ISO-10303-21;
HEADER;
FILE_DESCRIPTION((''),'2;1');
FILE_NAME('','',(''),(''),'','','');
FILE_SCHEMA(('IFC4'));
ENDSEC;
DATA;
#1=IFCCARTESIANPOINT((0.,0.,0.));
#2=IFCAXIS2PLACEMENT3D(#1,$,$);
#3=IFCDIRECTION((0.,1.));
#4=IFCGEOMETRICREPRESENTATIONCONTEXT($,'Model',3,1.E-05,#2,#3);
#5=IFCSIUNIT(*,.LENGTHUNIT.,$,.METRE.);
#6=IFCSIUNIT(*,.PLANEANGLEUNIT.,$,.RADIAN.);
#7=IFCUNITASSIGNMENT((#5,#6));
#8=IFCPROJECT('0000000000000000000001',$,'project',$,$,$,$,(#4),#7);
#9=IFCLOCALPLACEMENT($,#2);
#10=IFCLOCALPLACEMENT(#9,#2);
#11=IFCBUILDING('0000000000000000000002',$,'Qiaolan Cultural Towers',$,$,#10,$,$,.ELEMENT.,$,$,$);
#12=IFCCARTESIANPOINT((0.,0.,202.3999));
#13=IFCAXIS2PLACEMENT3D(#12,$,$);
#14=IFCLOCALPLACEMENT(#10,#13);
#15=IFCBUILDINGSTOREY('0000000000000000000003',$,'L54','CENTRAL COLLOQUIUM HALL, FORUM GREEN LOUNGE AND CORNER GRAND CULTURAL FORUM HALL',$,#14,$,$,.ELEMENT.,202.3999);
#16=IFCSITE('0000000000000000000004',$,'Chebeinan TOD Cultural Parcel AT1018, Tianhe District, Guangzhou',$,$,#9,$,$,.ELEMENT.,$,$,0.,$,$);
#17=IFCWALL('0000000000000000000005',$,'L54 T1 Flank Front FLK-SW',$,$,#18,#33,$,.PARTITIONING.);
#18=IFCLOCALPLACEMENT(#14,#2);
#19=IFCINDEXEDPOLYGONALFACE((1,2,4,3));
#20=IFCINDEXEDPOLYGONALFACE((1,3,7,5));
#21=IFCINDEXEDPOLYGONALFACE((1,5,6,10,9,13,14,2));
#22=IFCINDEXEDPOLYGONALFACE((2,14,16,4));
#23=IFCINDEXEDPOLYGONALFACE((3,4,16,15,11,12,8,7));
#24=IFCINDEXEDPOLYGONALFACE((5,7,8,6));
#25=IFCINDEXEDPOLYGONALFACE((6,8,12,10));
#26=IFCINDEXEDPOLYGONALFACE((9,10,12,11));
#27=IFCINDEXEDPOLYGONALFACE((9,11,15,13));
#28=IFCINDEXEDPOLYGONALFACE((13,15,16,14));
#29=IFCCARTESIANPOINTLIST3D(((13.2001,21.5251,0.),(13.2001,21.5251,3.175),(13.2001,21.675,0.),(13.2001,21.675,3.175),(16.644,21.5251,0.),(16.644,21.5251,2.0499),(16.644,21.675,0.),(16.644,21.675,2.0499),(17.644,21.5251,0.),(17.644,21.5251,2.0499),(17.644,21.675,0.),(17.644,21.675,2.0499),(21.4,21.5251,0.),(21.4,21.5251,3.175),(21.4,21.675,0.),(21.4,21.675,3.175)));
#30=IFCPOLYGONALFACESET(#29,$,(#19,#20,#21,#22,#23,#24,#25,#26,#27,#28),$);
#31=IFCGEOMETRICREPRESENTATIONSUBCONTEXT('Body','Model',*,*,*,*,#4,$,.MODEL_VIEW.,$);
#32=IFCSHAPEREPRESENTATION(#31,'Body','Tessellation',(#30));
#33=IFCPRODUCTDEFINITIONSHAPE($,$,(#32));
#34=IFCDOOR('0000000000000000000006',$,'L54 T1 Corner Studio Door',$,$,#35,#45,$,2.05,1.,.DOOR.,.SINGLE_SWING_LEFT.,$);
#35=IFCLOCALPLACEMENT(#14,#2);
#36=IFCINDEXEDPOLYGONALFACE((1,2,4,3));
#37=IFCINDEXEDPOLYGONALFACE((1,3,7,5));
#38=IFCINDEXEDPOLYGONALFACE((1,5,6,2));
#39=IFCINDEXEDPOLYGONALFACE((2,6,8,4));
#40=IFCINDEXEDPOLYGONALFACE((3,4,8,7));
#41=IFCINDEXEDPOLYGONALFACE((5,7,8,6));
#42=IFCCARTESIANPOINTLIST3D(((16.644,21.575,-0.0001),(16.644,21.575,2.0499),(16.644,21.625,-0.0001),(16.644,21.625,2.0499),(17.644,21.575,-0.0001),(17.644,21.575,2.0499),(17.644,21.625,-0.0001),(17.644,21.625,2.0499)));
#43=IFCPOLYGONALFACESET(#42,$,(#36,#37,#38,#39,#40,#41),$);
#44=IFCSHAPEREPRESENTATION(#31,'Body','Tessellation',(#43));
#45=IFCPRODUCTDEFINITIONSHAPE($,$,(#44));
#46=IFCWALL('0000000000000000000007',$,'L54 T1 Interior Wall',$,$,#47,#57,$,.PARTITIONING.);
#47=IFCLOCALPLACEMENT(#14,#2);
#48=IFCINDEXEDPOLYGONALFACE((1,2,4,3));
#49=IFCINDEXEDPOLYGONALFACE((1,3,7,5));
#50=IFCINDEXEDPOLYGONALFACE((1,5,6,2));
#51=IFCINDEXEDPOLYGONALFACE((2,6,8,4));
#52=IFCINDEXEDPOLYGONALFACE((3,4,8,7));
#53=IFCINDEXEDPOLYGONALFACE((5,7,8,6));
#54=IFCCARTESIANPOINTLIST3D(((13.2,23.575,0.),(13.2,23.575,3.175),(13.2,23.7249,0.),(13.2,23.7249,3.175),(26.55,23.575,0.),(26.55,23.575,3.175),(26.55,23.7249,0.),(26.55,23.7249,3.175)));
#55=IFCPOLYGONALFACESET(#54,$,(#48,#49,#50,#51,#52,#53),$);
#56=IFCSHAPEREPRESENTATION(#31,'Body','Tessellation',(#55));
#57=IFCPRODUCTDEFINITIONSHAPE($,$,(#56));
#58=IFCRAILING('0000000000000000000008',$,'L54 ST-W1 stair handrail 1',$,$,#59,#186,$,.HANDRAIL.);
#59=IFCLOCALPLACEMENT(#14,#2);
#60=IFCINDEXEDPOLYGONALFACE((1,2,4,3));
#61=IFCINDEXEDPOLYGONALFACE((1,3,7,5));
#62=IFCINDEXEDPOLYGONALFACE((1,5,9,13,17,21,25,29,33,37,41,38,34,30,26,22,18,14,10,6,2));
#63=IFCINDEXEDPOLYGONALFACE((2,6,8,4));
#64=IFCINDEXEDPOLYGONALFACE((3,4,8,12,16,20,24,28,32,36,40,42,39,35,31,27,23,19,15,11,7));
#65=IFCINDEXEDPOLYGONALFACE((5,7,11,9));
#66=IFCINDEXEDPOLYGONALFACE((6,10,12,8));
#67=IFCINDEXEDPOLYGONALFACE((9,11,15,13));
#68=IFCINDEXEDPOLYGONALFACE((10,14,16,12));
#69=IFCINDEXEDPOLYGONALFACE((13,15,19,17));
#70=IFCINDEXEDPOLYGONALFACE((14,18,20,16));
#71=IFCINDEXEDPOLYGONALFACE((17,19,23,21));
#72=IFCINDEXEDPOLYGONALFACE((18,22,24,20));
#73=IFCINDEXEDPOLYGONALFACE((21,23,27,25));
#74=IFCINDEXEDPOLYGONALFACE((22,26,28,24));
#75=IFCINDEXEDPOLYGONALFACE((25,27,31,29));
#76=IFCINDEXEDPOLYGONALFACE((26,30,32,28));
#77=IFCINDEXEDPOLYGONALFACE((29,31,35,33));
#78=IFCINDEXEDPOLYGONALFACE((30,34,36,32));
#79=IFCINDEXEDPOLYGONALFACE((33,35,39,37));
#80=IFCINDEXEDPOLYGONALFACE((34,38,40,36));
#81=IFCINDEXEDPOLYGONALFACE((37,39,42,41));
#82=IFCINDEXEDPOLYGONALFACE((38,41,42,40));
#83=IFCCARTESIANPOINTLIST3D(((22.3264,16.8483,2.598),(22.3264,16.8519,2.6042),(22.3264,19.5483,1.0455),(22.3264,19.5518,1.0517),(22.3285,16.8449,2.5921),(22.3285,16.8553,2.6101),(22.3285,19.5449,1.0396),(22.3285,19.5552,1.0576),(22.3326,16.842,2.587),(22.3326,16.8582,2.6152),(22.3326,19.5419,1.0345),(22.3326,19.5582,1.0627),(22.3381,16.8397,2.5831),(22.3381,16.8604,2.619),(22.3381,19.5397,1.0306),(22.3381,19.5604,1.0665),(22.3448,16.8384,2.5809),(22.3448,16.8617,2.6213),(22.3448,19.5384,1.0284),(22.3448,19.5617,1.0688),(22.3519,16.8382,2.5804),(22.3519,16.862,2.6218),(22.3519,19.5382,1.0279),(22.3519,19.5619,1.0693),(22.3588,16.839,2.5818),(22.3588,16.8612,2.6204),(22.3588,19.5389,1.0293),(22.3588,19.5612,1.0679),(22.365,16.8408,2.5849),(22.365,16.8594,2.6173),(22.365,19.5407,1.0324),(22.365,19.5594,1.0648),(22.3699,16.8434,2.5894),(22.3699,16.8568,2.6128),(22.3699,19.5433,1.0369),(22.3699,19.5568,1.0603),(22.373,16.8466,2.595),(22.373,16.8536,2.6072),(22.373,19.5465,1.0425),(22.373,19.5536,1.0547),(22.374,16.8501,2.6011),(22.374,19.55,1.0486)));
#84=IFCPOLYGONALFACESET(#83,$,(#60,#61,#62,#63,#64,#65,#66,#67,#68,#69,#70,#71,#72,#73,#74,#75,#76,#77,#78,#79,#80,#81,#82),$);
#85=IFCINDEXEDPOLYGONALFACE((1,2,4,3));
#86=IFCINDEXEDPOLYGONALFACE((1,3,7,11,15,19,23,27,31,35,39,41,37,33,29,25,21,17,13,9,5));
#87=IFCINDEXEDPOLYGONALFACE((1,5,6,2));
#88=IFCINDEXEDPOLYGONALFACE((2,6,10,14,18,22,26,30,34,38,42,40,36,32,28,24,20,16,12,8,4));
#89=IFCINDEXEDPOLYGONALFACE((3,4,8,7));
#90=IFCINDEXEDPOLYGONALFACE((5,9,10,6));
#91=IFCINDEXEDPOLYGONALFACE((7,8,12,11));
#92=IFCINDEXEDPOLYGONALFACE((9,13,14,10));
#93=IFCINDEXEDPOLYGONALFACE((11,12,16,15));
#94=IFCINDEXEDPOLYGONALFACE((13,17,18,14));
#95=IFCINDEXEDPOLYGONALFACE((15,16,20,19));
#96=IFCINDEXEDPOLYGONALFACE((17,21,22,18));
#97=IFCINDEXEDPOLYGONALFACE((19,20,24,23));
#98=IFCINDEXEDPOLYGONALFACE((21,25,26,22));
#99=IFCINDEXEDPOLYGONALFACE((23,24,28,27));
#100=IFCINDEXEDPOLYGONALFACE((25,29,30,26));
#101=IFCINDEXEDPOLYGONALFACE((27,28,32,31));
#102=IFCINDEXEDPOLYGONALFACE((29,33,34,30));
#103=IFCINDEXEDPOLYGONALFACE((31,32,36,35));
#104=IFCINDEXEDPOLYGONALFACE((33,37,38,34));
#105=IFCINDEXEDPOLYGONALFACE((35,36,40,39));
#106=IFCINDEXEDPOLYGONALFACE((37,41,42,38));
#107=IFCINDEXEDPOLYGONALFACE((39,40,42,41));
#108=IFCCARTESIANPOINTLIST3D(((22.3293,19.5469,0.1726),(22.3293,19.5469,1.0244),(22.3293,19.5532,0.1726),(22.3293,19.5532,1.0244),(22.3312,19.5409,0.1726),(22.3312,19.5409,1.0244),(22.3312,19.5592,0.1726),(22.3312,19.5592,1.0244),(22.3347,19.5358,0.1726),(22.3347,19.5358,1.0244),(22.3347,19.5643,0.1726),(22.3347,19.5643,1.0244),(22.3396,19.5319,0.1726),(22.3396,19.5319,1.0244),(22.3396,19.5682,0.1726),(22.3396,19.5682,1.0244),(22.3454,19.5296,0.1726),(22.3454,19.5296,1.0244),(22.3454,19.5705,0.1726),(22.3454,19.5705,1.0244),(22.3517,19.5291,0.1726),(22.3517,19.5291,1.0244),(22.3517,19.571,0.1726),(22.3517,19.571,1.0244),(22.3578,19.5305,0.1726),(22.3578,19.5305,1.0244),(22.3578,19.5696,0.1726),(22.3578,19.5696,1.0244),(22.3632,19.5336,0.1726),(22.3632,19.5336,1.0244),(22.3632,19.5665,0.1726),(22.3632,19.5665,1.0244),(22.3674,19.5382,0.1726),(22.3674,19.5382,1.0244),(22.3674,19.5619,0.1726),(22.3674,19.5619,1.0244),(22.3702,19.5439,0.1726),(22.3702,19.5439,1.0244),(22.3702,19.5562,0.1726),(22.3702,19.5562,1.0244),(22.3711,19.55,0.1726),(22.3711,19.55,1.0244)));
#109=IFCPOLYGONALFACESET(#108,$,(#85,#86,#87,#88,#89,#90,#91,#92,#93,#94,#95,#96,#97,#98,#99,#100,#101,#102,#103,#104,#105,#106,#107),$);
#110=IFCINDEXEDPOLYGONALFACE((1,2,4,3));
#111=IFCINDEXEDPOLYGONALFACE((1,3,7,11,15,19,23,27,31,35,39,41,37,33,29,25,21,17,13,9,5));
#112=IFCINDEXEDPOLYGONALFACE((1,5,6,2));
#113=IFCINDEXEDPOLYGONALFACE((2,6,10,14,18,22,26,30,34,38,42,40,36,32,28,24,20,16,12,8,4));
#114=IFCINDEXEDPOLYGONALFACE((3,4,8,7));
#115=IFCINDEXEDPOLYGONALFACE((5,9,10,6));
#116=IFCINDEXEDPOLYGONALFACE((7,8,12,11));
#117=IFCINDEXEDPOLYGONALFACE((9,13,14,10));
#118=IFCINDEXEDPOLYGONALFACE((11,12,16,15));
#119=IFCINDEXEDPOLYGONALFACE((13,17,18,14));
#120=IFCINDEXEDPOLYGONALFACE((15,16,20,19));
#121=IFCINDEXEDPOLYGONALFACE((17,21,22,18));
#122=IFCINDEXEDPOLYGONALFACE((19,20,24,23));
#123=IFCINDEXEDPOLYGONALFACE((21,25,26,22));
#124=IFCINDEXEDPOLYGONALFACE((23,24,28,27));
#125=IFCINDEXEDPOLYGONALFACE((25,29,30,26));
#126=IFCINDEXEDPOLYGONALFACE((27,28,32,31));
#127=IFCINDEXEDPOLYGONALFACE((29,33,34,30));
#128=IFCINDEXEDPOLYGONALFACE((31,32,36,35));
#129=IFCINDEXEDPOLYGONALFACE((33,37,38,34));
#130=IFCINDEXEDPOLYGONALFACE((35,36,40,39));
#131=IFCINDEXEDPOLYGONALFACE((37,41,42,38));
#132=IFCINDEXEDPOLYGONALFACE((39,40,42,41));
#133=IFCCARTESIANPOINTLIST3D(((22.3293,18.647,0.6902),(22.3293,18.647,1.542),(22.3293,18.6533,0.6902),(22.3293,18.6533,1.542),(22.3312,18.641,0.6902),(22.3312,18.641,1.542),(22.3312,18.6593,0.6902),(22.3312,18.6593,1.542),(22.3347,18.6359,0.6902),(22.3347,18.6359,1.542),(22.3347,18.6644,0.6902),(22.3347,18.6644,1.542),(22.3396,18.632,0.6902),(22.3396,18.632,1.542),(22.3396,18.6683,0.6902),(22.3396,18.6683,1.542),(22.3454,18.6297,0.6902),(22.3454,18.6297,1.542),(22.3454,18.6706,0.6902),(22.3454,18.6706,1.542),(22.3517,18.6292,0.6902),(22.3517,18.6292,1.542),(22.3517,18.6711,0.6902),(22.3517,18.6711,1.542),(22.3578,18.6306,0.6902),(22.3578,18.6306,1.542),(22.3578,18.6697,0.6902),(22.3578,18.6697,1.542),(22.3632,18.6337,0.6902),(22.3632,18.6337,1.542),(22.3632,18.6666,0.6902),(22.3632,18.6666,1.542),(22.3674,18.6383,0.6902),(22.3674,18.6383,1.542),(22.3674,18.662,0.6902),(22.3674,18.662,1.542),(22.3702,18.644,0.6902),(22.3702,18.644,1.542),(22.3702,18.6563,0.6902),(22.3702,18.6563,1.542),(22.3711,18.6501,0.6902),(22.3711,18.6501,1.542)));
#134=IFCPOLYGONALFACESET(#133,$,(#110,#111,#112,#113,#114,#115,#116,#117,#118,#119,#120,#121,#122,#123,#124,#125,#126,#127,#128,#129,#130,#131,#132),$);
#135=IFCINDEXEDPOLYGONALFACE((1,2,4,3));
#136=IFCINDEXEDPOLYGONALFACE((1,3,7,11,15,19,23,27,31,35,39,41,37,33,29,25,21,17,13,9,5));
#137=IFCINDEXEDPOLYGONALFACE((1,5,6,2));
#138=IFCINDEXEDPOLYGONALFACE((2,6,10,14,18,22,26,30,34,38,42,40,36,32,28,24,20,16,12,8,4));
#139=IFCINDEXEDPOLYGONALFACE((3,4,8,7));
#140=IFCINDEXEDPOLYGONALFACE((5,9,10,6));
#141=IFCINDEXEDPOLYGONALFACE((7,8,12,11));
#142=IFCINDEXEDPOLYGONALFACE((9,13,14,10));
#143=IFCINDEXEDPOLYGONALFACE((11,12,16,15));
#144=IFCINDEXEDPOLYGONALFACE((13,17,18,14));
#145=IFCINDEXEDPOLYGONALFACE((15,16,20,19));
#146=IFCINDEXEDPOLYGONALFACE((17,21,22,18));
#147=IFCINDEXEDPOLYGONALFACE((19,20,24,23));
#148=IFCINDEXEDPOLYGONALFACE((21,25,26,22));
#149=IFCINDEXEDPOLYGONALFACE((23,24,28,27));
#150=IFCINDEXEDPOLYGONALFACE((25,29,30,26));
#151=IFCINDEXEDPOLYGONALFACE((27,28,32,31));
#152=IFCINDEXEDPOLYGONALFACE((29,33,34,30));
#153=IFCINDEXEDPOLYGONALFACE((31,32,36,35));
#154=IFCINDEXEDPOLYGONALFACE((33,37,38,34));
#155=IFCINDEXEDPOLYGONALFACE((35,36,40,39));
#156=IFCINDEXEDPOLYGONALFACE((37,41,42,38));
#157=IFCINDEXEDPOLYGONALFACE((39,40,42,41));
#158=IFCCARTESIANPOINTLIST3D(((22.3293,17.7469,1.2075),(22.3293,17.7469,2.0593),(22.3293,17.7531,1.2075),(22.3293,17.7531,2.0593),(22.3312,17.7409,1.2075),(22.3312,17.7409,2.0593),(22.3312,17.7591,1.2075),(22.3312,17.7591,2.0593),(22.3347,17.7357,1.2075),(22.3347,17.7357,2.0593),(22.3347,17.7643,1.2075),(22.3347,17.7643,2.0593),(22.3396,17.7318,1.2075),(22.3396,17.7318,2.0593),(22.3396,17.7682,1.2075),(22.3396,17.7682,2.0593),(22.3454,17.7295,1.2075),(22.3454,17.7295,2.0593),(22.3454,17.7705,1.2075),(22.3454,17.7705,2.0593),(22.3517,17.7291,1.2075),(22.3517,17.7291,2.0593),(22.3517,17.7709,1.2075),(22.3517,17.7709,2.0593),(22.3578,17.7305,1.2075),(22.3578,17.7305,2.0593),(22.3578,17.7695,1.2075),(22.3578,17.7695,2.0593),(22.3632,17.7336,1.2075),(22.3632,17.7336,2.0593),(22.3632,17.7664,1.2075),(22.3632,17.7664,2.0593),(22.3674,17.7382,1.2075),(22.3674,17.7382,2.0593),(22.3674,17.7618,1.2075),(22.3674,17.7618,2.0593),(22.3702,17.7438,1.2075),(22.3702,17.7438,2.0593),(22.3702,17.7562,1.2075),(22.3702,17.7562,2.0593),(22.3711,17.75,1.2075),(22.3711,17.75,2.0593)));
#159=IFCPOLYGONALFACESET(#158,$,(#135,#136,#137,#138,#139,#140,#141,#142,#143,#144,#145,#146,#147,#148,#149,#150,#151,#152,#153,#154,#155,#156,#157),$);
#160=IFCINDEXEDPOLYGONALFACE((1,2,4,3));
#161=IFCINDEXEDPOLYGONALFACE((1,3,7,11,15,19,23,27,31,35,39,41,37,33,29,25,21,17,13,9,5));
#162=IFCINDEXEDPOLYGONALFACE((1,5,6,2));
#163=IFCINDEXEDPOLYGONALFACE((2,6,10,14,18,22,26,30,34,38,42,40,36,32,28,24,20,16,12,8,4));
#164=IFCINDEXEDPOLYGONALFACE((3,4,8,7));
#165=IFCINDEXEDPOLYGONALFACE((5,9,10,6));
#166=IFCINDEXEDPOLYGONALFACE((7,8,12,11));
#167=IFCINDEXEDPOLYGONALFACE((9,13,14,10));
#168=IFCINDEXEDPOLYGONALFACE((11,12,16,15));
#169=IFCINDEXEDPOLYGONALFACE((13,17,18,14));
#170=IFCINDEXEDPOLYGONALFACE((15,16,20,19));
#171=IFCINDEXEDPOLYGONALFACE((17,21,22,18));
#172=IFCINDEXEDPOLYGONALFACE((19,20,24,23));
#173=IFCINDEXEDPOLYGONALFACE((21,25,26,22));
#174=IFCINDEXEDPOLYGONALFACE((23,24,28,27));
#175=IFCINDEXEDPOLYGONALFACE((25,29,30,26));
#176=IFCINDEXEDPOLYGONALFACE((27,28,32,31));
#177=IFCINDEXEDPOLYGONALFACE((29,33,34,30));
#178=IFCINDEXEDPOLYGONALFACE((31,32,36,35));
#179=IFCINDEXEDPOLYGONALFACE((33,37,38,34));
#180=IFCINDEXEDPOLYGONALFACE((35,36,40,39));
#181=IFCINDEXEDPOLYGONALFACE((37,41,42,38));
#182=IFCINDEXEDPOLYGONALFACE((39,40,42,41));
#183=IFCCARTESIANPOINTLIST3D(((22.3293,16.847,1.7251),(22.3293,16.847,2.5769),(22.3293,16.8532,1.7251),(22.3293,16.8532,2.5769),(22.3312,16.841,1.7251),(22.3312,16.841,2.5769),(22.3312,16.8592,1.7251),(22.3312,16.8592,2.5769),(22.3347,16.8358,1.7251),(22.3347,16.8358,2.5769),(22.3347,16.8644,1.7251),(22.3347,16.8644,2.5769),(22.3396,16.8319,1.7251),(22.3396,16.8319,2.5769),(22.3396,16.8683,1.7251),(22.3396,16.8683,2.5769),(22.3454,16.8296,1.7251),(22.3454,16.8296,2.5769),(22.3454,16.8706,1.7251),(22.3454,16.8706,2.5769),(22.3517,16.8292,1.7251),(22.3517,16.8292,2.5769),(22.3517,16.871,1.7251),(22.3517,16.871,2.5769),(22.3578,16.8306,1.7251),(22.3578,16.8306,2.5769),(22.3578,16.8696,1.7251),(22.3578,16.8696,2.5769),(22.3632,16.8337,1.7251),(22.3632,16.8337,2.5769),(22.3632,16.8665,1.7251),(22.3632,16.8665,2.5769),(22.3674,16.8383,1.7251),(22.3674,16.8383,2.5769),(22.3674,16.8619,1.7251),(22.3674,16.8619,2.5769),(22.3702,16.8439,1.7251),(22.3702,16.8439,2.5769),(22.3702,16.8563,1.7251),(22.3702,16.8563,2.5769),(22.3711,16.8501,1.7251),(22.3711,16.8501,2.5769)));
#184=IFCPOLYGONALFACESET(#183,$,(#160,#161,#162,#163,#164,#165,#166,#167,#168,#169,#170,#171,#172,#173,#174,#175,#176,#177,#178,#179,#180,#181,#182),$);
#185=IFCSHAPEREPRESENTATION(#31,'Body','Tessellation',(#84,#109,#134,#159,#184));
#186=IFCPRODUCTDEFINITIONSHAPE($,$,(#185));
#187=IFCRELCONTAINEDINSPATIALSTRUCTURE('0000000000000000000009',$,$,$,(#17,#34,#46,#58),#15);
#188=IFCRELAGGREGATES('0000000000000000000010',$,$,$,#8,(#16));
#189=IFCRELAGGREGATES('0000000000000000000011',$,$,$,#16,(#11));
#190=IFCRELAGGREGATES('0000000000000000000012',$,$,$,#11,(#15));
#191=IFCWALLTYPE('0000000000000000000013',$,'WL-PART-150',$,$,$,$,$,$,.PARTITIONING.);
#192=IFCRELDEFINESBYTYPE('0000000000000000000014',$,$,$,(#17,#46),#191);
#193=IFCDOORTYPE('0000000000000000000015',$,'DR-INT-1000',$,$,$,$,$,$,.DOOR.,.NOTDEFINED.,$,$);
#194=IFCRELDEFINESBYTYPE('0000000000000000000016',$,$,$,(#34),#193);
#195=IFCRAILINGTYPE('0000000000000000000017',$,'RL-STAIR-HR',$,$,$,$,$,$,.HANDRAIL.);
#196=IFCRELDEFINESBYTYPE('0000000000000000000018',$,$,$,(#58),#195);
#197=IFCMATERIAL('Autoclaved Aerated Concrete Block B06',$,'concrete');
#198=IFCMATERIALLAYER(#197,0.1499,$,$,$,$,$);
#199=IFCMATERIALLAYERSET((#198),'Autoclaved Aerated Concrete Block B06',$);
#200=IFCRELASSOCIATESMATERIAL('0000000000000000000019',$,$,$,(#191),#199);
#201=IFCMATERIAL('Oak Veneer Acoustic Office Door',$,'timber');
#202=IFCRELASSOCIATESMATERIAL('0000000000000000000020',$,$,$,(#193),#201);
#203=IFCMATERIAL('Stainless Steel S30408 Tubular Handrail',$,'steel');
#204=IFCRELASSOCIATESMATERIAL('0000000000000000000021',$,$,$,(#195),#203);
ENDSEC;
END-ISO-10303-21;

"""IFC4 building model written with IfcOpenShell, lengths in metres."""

from ifc_helpers import new_model, si_unit, direction, frame, frame_2d, origin, origin_2d, place, context, subcontext, project, spatial, rectangle, circle, extrude, material, layer, layer_set, type_object, element, fill, save


model = new_model("IFC4")

# Units and contexts
model_context = context("Model", 3, precision=1e-05, world=origin(), true_north=direction((0.0, 1.0)))
body_context = subcontext(model_context, "Body", "Model", "MODEL_VIEW")
ifc_project = project(units=[si_unit("LENGTHUNIT", "METRE"), si_unit("PLANEANGLEUNIT", "RADIAN")], contexts=[model_context])

# Site, building, storey
site_placement = place(None, origin())
site = spatial("IfcSite", under=ifc_project, at=site_placement, Name="Chebeinan TOD Cultural Parcel AT1018, Tianhe District, Guangzhou", CompositionType="ELEMENT", RefElevation=0.0)
building_placement = place(site_placement, origin())
building = spatial("IfcBuilding", under=site, at=building_placement, Name="Qiaolan Cultural Towers", CompositionType="ELEMENT")
storey_placement = place(building_placement, frame((0.0, 0.0, 202.3999)))
storey = spatial("IfcBuildingStorey", under=building, at=storey_placement, Name="L54", Description="CENTRAL COLLOQUIUM HALL, FORUM GREEN LOUNGE AND CORNER GRAND CULTURAL FORUM HALL", CompositionType="ELEMENT", Elevation=202.3999)

# Wall, opening, door
ifc_material_1 = material(Name="Autoclaved Aerated Concrete Block B06", Category="concrete")
ifc_layer_1 = layer(ifc_material_1, 0.1499)
ifc_layer_set_1 = layer_set([ifc_layer_1], Name="Autoclaved Aerated Concrete Block B06")
wall_type_1 = type_object("IfcWallType", Name="WL-PART-150", PredefinedType="PARTITIONING", material=ifc_layer_set_1)
wall_1_placement = place(storey_placement, frame((13.2, 21.6001, 0.0), z_axis=(0.0, 0.0, 1.0), x_axis=(1.0, 0.0, 0.0)))
wall_1 = element("IfcWall", 1, at=wall_1_placement, inside=storey, type_object=wall_type_1, Name="L54 T1 Flank Front FLK-SW", PredefinedType="PARTITIONING", context=body_context, shape_type="SweptSolid", body=[
    extrude(rectangle(XDim=8.2, YDim=0.1499, at=frame_2d((4.1001, 0.0))), origin(), (0.0, 0.0, 1.0), 3.175),
])
opening_placement = place(wall_1_placement, frame((3.4441, 0.0, 0.0)))
opening = element("IfcOpeningElement", 2, at=opening_placement, cuts=wall_1, PredefinedType="OPENING", context=body_context, shape_type="SweptSolid", body=[
    extrude(rectangle(XDim=1.0, YDim=2.05, at=frame_2d((0.5, 1.0249))), frame((0.0, 0.085, 0.0), z_axis=(0.0, -1.0, 0.0), x_axis=(1.0, 0.0, 0.0)), (0.0, 0.0, 1.0), 0.1699),
])
ifc_material_2 = material(Name="Oak Veneer Acoustic Office Door", Category="timber")
door_type = type_object("IfcDoorType", Name="DR-INT-1000", OperationType="NOTDEFINED", PredefinedType="DOOR", material=ifc_material_2)
door_placement = place(opening_placement, origin())
door = element("IfcDoor", 3, at=door_placement, inside=storey, type_object=door_type, Name="L54 T1 Corner Studio Door", OperationType="SINGLE_SWING_LEFT", OverallHeight=2.05, OverallWidth=1.0, PredefinedType="DOOR", context=body_context, shape_type="SweptSolid", body=[
    extrude(rectangle(XDim=1.0, YDim=2.05, at=frame_2d((0.5, 1.0249))), frame((0.0, 0.0249, 0.0), z_axis=(0.0, -1.0, 0.0), x_axis=(1.0, 0.0, 0.0)), (0.0, 0.0, 1.0), 0.05),
])
fill(opening, door)

# Wall
wall_2_placement = place(storey_placement, frame((13.2, 23.6499, 0.0), z_axis=(0.0, 0.0, 1.0), x_axis=(1.0, 0.0, 0.0)))
element("IfcWall", 4, at=wall_2_placement, inside=storey, type_object=wall_type_1, Name="L54 T1 Interior Wall", PredefinedType="PARTITIONING", context=body_context, shape_type="SweptSolid", body=[
    extrude(rectangle(XDim=13.3501, YDim=0.1499, at=frame_2d((6.675, 0.0))), origin(), (0.0, 0.0, 1.0), 3.175),
])

# Railing
ifc_material_3 = material(Name="Stainless Steel S30408 Tubular Handrail", Category="steel")
railing_type = type_object("IfcRailingType", Name="RL-STAIR-HR", PredefinedType="HANDRAIL", material=ifc_material_3)
railing_placement = place(storey_placement, frame((22.3501, 19.55, 0.1726)))
element("IfcRailing", 5, at=railing_placement, inside=storey, type_object=railing_type, Name="L54 ST-W1 stair handrail 1", PredefinedType="HANDRAIL", context=body_context, shape_type="SweptSolid", body=[
    extrude(circle(Radius=0.0239, at=origin_2d()), frame((0.0, 0.0, 0.876), z_axis=(0.0, -0.866904, 0.498476), x_axis=(1.0, 0.0, 0.0)), (0.0, 0.0, 1.0), 3.1145),
    extrude(circle(Radius=0.021, at=origin_2d()), origin(), (0.0, 0.0, 1.0), 0.8518),
    extrude(circle(Radius=0.021, at=origin_2d()), frame((0.0, -0.8999, 0.5176)), (0.0, 0.0, 1.0), 0.8518),
    extrude(circle(Radius=0.021, at=origin_2d()), frame((0.0, -1.8, 1.0349)), (0.0, 0.0, 1.0), 0.8518),
    extrude(circle(Radius=0.021, at=origin_2d()), frame((0.0, -2.7, 1.5525)), (0.0, 0.0, 1.0), 0.8518),
])

save(model, "model.ifc")
